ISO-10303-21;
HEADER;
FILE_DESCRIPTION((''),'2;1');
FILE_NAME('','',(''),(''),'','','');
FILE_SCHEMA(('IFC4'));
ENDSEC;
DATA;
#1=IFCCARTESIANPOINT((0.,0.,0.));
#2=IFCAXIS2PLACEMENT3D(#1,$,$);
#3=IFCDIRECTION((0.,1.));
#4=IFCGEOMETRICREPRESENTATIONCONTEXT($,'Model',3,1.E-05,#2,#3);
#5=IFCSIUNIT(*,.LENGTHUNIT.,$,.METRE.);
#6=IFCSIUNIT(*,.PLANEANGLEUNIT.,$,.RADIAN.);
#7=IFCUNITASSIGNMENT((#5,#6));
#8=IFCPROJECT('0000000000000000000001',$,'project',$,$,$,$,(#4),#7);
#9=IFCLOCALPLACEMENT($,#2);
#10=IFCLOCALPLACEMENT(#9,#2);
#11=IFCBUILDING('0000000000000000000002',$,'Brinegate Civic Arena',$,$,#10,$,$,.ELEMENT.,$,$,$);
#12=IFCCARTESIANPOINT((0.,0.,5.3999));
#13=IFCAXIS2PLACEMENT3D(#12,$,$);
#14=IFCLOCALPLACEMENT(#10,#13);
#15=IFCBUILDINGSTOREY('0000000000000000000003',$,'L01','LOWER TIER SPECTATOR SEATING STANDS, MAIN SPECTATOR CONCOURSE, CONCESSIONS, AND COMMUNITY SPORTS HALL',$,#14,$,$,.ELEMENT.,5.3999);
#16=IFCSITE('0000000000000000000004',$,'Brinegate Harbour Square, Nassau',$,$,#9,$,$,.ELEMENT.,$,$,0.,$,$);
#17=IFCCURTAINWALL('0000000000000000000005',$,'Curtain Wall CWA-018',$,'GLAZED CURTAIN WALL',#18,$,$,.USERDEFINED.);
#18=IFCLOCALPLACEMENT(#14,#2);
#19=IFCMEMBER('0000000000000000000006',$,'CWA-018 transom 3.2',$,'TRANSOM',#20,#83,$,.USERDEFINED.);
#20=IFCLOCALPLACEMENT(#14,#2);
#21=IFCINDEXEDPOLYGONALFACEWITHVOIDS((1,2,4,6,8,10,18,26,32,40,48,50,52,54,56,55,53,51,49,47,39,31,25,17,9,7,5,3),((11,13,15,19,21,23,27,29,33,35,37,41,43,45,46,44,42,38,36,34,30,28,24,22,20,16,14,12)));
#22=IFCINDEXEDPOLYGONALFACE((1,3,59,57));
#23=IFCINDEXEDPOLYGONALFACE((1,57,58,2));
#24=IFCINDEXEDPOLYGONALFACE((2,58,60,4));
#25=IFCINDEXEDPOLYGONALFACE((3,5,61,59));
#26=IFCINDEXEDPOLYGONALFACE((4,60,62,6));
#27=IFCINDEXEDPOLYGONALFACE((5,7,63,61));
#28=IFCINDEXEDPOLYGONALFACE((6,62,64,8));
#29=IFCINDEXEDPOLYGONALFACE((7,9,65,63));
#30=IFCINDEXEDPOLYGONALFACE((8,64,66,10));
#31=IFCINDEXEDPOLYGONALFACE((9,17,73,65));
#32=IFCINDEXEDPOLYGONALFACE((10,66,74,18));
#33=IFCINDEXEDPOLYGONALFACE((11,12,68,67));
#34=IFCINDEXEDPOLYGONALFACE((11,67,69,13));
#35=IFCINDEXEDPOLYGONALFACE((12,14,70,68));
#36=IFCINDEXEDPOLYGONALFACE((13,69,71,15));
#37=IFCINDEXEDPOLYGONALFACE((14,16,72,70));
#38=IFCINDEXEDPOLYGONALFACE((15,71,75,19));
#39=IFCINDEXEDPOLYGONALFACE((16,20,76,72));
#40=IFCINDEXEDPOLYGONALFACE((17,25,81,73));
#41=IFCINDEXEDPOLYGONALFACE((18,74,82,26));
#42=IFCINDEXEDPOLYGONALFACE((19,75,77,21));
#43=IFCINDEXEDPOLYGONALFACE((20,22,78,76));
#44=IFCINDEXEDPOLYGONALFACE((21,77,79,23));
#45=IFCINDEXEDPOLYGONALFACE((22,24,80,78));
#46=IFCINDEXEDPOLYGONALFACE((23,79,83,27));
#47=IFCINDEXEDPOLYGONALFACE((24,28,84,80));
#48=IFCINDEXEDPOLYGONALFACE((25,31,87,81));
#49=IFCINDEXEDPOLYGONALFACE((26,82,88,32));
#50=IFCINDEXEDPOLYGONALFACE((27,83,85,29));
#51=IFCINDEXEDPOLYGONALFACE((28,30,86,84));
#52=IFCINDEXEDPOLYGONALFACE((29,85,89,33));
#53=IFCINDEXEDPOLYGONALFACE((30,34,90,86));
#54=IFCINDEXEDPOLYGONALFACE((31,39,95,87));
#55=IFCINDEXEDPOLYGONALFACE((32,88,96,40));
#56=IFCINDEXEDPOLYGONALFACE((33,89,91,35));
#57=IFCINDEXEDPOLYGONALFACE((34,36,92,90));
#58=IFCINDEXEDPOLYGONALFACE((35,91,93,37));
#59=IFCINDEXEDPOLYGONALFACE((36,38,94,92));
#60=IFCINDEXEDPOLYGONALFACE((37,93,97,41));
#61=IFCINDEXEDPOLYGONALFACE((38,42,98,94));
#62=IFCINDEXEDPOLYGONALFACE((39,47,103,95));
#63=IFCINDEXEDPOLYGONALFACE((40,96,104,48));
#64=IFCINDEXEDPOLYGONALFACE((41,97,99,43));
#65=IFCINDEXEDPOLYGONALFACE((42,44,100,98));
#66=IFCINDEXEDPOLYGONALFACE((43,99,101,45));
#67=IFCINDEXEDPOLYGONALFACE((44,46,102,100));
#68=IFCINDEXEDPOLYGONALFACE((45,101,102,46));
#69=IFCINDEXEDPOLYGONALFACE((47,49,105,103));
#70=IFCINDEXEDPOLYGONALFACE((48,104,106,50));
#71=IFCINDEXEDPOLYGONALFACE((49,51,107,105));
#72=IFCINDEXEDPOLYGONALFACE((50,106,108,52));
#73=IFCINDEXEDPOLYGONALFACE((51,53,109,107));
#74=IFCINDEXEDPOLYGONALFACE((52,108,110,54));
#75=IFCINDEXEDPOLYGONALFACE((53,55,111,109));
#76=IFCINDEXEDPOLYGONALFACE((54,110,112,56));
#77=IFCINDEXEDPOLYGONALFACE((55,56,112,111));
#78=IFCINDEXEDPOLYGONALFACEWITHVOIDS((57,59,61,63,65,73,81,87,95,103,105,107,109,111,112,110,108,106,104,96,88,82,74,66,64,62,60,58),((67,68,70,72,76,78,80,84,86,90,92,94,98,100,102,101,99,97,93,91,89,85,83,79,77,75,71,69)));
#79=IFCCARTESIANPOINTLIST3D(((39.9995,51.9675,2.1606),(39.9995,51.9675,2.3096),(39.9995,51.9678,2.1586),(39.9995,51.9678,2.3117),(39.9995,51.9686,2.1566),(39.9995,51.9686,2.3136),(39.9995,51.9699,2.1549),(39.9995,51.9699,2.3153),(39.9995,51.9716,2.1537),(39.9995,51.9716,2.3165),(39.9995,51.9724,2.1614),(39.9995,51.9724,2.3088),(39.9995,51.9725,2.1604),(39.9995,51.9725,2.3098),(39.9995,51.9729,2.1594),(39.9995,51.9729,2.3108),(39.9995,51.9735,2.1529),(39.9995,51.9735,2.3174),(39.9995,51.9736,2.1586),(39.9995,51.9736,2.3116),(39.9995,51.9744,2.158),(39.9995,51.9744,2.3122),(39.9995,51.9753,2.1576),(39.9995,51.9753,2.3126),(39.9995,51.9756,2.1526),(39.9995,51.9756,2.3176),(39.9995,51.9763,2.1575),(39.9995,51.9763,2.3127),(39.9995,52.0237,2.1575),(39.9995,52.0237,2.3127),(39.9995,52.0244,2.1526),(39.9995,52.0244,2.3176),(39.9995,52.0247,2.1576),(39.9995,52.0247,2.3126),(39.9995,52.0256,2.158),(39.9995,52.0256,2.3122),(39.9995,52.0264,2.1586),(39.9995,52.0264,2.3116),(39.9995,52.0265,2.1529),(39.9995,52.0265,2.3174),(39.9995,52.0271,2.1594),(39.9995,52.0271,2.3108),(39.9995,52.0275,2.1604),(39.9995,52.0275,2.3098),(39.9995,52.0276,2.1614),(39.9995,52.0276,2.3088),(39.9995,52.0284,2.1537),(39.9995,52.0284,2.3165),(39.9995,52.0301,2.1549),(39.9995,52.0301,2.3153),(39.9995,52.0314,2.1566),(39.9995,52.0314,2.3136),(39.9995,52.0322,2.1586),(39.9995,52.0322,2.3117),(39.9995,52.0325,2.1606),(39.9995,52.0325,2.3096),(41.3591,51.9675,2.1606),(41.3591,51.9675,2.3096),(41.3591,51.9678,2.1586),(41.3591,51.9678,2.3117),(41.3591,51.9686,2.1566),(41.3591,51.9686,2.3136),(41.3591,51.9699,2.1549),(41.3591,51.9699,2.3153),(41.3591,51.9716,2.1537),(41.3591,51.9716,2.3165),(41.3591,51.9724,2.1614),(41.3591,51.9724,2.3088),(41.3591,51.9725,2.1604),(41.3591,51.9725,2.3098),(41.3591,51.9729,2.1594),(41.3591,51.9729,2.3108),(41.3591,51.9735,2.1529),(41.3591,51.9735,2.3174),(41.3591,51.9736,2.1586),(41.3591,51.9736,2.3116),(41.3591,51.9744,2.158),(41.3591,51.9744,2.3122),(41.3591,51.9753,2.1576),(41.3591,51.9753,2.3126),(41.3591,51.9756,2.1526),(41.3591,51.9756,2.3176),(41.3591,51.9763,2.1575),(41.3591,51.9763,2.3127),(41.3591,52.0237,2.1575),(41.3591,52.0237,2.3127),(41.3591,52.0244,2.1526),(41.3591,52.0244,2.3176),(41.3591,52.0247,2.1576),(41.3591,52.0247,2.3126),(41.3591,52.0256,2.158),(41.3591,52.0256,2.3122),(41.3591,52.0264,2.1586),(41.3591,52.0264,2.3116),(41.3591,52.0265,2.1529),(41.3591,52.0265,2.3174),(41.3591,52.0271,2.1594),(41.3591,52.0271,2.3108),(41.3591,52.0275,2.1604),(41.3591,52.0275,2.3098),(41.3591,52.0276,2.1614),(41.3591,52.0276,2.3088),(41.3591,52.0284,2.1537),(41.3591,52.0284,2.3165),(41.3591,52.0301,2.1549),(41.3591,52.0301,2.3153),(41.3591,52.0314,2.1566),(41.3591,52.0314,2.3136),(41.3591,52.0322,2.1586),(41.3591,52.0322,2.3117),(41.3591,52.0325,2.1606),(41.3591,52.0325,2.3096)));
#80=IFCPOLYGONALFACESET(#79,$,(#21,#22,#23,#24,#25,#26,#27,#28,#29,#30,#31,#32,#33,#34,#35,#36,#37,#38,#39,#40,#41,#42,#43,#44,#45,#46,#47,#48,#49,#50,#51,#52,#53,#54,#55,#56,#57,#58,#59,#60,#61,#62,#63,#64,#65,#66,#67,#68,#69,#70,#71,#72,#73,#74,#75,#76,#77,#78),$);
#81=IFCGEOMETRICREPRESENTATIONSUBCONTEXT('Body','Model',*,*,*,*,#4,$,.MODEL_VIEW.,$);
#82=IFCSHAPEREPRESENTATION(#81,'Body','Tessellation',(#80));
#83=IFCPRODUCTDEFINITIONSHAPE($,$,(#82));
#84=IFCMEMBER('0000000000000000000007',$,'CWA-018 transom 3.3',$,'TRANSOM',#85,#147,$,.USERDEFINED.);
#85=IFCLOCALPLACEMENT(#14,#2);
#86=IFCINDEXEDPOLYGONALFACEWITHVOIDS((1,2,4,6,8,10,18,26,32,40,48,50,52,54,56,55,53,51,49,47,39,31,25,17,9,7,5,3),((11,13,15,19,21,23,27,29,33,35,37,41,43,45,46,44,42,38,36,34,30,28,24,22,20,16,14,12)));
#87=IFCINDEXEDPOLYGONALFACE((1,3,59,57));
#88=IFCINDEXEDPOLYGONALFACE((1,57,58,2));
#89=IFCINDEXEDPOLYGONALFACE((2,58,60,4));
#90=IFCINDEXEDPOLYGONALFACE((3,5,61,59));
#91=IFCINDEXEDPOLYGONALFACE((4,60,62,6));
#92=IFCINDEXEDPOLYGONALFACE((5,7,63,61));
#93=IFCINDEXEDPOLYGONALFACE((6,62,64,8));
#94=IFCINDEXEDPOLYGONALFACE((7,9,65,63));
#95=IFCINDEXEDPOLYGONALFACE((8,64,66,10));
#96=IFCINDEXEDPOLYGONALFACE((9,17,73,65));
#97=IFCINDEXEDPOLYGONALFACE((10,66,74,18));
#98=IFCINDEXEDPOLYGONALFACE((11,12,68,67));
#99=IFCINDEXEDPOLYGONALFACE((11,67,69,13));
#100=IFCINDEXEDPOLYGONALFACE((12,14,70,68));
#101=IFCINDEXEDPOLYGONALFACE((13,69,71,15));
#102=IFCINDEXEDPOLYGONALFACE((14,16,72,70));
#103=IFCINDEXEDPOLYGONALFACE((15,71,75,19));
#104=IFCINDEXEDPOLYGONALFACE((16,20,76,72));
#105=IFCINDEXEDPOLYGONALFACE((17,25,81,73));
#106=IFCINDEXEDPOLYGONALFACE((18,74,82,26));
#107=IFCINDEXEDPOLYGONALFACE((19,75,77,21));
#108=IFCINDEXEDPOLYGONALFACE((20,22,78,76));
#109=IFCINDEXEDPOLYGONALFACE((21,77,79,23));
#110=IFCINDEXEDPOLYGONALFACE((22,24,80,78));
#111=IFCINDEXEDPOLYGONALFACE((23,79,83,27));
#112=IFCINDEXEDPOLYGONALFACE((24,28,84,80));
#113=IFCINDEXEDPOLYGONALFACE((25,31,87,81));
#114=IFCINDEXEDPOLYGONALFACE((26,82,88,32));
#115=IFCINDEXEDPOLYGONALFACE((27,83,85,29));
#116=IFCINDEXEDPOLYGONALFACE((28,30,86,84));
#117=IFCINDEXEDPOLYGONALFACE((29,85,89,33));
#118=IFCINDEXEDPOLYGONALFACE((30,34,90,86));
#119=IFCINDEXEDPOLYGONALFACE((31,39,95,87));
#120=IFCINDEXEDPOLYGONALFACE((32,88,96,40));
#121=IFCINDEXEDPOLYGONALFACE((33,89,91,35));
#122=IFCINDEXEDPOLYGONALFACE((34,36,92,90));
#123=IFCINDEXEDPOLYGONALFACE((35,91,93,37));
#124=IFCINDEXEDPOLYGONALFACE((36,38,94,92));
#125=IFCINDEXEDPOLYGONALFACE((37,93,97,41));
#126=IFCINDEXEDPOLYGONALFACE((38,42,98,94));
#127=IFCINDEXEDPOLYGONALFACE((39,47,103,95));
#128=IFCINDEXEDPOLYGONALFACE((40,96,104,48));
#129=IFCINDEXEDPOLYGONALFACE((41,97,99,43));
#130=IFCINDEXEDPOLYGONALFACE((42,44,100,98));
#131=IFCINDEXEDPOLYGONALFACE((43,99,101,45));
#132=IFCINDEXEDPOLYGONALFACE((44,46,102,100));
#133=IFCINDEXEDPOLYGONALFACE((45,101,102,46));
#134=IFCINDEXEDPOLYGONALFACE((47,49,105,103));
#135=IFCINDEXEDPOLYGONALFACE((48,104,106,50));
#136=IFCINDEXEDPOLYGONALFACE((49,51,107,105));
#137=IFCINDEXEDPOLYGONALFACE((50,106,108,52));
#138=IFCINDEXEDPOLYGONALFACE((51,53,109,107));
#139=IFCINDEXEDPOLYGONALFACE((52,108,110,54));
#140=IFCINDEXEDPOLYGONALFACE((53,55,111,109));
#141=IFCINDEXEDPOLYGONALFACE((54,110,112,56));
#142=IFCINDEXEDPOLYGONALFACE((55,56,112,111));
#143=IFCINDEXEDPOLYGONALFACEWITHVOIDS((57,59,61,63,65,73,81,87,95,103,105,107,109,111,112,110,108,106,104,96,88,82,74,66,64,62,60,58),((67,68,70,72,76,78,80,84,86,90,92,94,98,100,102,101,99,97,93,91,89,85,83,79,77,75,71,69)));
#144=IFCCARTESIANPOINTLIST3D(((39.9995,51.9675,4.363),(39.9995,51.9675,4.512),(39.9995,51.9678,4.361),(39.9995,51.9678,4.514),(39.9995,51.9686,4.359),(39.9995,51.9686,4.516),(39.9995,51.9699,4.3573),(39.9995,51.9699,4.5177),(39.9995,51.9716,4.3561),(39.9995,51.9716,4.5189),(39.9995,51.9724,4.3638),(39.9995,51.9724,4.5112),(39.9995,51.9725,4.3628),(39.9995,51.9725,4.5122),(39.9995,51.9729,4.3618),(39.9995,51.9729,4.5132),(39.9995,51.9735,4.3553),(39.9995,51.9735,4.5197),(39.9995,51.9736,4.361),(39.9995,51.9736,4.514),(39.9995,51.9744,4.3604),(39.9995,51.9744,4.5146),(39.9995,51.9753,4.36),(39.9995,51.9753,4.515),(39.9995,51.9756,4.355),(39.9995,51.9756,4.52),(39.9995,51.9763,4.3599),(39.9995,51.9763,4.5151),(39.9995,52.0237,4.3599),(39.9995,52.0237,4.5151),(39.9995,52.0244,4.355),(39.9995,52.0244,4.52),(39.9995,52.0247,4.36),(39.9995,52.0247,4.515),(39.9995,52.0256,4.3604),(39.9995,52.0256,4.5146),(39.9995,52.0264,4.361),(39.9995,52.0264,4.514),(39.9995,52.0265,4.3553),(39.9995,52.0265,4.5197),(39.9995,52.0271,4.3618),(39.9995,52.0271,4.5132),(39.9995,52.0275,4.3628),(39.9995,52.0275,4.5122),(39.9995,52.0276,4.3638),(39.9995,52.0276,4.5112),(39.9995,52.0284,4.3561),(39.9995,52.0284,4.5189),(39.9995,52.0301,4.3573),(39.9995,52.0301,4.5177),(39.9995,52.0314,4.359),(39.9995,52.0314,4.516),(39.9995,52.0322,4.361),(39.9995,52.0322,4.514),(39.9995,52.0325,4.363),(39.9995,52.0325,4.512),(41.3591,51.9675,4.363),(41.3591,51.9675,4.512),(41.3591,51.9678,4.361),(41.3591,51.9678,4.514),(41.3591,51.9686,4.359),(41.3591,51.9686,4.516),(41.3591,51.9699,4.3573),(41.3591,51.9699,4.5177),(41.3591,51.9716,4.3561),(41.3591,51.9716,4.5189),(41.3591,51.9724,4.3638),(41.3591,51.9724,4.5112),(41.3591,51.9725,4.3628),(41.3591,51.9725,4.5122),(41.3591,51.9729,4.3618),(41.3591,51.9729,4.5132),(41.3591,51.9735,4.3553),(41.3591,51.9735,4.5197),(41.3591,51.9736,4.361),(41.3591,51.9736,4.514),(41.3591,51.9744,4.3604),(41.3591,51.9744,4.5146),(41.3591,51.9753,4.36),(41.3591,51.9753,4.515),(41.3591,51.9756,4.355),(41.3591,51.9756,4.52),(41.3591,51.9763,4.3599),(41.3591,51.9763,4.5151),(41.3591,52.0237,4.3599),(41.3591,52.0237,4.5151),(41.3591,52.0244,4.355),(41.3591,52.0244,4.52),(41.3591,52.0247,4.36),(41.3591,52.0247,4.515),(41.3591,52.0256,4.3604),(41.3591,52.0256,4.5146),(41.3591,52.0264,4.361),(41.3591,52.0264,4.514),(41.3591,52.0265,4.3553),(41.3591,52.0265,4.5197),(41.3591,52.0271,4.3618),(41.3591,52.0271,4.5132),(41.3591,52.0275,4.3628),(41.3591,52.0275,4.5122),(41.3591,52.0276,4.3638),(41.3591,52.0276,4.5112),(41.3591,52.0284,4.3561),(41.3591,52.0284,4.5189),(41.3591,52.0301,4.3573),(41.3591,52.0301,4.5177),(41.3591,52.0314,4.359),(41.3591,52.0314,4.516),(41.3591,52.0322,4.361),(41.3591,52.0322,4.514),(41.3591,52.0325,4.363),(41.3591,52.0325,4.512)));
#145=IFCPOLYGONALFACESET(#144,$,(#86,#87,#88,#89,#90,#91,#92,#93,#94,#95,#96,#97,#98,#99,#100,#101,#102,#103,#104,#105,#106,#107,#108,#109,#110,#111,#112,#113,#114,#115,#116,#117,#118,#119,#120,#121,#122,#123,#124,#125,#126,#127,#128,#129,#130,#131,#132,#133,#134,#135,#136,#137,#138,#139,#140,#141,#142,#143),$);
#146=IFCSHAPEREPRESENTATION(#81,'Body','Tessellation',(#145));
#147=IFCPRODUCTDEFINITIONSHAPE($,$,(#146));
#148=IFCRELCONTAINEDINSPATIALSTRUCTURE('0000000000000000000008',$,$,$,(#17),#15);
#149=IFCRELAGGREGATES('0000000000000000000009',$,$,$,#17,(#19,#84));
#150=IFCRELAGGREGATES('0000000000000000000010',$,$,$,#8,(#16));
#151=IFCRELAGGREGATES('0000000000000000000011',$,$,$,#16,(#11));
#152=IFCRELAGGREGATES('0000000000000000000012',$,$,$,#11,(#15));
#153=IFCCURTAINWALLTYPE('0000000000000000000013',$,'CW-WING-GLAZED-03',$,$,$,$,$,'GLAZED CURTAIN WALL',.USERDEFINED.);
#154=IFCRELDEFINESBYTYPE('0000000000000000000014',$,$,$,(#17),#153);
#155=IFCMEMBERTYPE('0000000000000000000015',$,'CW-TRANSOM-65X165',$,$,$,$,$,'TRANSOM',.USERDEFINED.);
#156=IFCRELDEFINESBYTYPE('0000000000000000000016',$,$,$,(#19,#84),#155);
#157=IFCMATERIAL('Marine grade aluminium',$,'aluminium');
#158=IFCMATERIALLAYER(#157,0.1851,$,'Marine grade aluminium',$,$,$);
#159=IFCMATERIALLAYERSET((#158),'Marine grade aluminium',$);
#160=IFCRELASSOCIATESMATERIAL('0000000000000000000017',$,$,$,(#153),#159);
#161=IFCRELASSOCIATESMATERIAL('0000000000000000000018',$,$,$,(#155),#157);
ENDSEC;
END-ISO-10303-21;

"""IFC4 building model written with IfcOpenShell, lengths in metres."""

from ifc_helpers import new_model, si_unit, direction, frame, origin, origin_2d, place, context, subcontext, project, spatial, hollow_rectangle, extrude, material, layer, layer_set, material_profile, profile_set, type_object, element, aggregate, save


model = new_model("IFC4")

# Units and contexts
model_context = context("Model", 3, precision=1e-05, world=origin(), true_north=direction((0.0, 1.0)))
body_context = subcontext(model_context, "Body", "Model", "MODEL_VIEW")
ifc_project = project(units=[si_unit("LENGTHUNIT", "METRE"), si_unit("PLANEANGLEUNIT", "RADIAN")], contexts=[model_context])

# Site, building, storey
site_placement = place(None, origin())
site = spatial("IfcSite", under=ifc_project, at=site_placement, Name="Brinegate Harbour Square, Nassau", CompositionType="ELEMENT", RefElevation=0.0)
building_placement = place(site_placement, origin())
building = spatial("IfcBuilding", under=site, at=building_placement, Name="Brinegate Civic Arena", CompositionType="ELEMENT")
storey_placement = place(building_placement, frame((0.0, 0.0, 5.3999)))
storey = spatial("IfcBuildingStorey", under=building, at=storey_placement, Name="L01", Description="LOWER TIER SPECTATOR SEATING STANDS, MAIN SPECTATOR CONCOURSE, CONCESSIONS, AND COMMUNITY SPORTS HALL", CompositionType="ELEMENT", Elevation=5.3999)

# Curtain wall, members
ifc_material_1 = material(Name="Marine grade aluminium", Category="aluminium")
ifc_layer_1 = layer(ifc_material_1, 0.1851, Name="Marine grade aluminium")
ifc_layer_set_1 = layer_set([ifc_layer_1], Name="Marine grade aluminium")
curtain_wall_type = type_object("IfcCurtainWallType", Name="CW-WING-GLAZED-03", ElementType="GLAZED CURTAIN WALL", PredefinedType="USERDEFINED", material=ifc_layer_set_1)
curtain_wall_placement = place(storey_placement, origin())
curtain_wall = element("IfcCurtainWall", 1, at=curtain_wall_placement, inside=storey, type_object=curtain_wall_type, Name="Curtain Wall CWA-018", ObjectType="GLAZED CURTAIN WALL", PredefinedType="USERDEFINED")
ifc_material_profile_1 = material_profile(ifc_material_1, hollow_rectangle(XDim=0.0649, YDim=0.165, WallThickness=0.0049, InnerFilletRadius=0.0039, OuterFilletRadius=0.0081, at=origin_2d()), Name="TRN65X165")
ifc_profile_set_1 = profile_set([ifc_material_profile_1], Name="Marine grade aluminium")
member_type_1 = type_object("IfcMemberType", Name="CW-TRANSOM-65X165", ElementType="TRANSOM", PredefinedType="USERDEFINED", material=ifc_profile_set_1)
member_1_placement = place(storey_placement, frame((39.9995, 52.0, 2.2351), z_axis=(1.0, 0.0, 0.0), x_axis=(0.0, 1.0, 0.0)))
member_1 = element("IfcMember", 2, at=member_1_placement, type_object=member_type_1, Name="CWA-018 transom 3.2", ObjectType="TRANSOM", PredefinedType="USERDEFINED", context=body_context, shape_type="SweptSolid", body=[
    extrude(hollow_rectangle(XDim=0.0649, YDim=0.165, WallThickness=0.0049, InnerFilletRadius=0.0039, OuterFilletRadius=0.0081, at=origin_2d()), origin(), (0.0, 0.0, 1.0), 1.3596),
])
member_2_placement = place(storey_placement, frame((39.9995, 52.0, 4.4375), z_axis=(1.0, 0.0, 0.0), x_axis=(0.0, 1.0, 0.0)))
member_2 = element("IfcMember", 3, at=member_2_placement, type_object=member_type_1, Name="CWA-018 transom 3.3", ObjectType="TRANSOM", PredefinedType="USERDEFINED", context=body_context, shape_type="SweptSolid", body=[
    extrude(hollow_rectangle(XDim=0.0649, YDim=0.165, WallThickness=0.0049, InnerFilletRadius=0.0039, OuterFilletRadius=0.0081, at=origin_2d()), origin(), (0.0, 0.0, 1.0), 1.3596),
])
aggregate(curtain_wall, [member_1, member_2])

save(model, "model.ifc")
